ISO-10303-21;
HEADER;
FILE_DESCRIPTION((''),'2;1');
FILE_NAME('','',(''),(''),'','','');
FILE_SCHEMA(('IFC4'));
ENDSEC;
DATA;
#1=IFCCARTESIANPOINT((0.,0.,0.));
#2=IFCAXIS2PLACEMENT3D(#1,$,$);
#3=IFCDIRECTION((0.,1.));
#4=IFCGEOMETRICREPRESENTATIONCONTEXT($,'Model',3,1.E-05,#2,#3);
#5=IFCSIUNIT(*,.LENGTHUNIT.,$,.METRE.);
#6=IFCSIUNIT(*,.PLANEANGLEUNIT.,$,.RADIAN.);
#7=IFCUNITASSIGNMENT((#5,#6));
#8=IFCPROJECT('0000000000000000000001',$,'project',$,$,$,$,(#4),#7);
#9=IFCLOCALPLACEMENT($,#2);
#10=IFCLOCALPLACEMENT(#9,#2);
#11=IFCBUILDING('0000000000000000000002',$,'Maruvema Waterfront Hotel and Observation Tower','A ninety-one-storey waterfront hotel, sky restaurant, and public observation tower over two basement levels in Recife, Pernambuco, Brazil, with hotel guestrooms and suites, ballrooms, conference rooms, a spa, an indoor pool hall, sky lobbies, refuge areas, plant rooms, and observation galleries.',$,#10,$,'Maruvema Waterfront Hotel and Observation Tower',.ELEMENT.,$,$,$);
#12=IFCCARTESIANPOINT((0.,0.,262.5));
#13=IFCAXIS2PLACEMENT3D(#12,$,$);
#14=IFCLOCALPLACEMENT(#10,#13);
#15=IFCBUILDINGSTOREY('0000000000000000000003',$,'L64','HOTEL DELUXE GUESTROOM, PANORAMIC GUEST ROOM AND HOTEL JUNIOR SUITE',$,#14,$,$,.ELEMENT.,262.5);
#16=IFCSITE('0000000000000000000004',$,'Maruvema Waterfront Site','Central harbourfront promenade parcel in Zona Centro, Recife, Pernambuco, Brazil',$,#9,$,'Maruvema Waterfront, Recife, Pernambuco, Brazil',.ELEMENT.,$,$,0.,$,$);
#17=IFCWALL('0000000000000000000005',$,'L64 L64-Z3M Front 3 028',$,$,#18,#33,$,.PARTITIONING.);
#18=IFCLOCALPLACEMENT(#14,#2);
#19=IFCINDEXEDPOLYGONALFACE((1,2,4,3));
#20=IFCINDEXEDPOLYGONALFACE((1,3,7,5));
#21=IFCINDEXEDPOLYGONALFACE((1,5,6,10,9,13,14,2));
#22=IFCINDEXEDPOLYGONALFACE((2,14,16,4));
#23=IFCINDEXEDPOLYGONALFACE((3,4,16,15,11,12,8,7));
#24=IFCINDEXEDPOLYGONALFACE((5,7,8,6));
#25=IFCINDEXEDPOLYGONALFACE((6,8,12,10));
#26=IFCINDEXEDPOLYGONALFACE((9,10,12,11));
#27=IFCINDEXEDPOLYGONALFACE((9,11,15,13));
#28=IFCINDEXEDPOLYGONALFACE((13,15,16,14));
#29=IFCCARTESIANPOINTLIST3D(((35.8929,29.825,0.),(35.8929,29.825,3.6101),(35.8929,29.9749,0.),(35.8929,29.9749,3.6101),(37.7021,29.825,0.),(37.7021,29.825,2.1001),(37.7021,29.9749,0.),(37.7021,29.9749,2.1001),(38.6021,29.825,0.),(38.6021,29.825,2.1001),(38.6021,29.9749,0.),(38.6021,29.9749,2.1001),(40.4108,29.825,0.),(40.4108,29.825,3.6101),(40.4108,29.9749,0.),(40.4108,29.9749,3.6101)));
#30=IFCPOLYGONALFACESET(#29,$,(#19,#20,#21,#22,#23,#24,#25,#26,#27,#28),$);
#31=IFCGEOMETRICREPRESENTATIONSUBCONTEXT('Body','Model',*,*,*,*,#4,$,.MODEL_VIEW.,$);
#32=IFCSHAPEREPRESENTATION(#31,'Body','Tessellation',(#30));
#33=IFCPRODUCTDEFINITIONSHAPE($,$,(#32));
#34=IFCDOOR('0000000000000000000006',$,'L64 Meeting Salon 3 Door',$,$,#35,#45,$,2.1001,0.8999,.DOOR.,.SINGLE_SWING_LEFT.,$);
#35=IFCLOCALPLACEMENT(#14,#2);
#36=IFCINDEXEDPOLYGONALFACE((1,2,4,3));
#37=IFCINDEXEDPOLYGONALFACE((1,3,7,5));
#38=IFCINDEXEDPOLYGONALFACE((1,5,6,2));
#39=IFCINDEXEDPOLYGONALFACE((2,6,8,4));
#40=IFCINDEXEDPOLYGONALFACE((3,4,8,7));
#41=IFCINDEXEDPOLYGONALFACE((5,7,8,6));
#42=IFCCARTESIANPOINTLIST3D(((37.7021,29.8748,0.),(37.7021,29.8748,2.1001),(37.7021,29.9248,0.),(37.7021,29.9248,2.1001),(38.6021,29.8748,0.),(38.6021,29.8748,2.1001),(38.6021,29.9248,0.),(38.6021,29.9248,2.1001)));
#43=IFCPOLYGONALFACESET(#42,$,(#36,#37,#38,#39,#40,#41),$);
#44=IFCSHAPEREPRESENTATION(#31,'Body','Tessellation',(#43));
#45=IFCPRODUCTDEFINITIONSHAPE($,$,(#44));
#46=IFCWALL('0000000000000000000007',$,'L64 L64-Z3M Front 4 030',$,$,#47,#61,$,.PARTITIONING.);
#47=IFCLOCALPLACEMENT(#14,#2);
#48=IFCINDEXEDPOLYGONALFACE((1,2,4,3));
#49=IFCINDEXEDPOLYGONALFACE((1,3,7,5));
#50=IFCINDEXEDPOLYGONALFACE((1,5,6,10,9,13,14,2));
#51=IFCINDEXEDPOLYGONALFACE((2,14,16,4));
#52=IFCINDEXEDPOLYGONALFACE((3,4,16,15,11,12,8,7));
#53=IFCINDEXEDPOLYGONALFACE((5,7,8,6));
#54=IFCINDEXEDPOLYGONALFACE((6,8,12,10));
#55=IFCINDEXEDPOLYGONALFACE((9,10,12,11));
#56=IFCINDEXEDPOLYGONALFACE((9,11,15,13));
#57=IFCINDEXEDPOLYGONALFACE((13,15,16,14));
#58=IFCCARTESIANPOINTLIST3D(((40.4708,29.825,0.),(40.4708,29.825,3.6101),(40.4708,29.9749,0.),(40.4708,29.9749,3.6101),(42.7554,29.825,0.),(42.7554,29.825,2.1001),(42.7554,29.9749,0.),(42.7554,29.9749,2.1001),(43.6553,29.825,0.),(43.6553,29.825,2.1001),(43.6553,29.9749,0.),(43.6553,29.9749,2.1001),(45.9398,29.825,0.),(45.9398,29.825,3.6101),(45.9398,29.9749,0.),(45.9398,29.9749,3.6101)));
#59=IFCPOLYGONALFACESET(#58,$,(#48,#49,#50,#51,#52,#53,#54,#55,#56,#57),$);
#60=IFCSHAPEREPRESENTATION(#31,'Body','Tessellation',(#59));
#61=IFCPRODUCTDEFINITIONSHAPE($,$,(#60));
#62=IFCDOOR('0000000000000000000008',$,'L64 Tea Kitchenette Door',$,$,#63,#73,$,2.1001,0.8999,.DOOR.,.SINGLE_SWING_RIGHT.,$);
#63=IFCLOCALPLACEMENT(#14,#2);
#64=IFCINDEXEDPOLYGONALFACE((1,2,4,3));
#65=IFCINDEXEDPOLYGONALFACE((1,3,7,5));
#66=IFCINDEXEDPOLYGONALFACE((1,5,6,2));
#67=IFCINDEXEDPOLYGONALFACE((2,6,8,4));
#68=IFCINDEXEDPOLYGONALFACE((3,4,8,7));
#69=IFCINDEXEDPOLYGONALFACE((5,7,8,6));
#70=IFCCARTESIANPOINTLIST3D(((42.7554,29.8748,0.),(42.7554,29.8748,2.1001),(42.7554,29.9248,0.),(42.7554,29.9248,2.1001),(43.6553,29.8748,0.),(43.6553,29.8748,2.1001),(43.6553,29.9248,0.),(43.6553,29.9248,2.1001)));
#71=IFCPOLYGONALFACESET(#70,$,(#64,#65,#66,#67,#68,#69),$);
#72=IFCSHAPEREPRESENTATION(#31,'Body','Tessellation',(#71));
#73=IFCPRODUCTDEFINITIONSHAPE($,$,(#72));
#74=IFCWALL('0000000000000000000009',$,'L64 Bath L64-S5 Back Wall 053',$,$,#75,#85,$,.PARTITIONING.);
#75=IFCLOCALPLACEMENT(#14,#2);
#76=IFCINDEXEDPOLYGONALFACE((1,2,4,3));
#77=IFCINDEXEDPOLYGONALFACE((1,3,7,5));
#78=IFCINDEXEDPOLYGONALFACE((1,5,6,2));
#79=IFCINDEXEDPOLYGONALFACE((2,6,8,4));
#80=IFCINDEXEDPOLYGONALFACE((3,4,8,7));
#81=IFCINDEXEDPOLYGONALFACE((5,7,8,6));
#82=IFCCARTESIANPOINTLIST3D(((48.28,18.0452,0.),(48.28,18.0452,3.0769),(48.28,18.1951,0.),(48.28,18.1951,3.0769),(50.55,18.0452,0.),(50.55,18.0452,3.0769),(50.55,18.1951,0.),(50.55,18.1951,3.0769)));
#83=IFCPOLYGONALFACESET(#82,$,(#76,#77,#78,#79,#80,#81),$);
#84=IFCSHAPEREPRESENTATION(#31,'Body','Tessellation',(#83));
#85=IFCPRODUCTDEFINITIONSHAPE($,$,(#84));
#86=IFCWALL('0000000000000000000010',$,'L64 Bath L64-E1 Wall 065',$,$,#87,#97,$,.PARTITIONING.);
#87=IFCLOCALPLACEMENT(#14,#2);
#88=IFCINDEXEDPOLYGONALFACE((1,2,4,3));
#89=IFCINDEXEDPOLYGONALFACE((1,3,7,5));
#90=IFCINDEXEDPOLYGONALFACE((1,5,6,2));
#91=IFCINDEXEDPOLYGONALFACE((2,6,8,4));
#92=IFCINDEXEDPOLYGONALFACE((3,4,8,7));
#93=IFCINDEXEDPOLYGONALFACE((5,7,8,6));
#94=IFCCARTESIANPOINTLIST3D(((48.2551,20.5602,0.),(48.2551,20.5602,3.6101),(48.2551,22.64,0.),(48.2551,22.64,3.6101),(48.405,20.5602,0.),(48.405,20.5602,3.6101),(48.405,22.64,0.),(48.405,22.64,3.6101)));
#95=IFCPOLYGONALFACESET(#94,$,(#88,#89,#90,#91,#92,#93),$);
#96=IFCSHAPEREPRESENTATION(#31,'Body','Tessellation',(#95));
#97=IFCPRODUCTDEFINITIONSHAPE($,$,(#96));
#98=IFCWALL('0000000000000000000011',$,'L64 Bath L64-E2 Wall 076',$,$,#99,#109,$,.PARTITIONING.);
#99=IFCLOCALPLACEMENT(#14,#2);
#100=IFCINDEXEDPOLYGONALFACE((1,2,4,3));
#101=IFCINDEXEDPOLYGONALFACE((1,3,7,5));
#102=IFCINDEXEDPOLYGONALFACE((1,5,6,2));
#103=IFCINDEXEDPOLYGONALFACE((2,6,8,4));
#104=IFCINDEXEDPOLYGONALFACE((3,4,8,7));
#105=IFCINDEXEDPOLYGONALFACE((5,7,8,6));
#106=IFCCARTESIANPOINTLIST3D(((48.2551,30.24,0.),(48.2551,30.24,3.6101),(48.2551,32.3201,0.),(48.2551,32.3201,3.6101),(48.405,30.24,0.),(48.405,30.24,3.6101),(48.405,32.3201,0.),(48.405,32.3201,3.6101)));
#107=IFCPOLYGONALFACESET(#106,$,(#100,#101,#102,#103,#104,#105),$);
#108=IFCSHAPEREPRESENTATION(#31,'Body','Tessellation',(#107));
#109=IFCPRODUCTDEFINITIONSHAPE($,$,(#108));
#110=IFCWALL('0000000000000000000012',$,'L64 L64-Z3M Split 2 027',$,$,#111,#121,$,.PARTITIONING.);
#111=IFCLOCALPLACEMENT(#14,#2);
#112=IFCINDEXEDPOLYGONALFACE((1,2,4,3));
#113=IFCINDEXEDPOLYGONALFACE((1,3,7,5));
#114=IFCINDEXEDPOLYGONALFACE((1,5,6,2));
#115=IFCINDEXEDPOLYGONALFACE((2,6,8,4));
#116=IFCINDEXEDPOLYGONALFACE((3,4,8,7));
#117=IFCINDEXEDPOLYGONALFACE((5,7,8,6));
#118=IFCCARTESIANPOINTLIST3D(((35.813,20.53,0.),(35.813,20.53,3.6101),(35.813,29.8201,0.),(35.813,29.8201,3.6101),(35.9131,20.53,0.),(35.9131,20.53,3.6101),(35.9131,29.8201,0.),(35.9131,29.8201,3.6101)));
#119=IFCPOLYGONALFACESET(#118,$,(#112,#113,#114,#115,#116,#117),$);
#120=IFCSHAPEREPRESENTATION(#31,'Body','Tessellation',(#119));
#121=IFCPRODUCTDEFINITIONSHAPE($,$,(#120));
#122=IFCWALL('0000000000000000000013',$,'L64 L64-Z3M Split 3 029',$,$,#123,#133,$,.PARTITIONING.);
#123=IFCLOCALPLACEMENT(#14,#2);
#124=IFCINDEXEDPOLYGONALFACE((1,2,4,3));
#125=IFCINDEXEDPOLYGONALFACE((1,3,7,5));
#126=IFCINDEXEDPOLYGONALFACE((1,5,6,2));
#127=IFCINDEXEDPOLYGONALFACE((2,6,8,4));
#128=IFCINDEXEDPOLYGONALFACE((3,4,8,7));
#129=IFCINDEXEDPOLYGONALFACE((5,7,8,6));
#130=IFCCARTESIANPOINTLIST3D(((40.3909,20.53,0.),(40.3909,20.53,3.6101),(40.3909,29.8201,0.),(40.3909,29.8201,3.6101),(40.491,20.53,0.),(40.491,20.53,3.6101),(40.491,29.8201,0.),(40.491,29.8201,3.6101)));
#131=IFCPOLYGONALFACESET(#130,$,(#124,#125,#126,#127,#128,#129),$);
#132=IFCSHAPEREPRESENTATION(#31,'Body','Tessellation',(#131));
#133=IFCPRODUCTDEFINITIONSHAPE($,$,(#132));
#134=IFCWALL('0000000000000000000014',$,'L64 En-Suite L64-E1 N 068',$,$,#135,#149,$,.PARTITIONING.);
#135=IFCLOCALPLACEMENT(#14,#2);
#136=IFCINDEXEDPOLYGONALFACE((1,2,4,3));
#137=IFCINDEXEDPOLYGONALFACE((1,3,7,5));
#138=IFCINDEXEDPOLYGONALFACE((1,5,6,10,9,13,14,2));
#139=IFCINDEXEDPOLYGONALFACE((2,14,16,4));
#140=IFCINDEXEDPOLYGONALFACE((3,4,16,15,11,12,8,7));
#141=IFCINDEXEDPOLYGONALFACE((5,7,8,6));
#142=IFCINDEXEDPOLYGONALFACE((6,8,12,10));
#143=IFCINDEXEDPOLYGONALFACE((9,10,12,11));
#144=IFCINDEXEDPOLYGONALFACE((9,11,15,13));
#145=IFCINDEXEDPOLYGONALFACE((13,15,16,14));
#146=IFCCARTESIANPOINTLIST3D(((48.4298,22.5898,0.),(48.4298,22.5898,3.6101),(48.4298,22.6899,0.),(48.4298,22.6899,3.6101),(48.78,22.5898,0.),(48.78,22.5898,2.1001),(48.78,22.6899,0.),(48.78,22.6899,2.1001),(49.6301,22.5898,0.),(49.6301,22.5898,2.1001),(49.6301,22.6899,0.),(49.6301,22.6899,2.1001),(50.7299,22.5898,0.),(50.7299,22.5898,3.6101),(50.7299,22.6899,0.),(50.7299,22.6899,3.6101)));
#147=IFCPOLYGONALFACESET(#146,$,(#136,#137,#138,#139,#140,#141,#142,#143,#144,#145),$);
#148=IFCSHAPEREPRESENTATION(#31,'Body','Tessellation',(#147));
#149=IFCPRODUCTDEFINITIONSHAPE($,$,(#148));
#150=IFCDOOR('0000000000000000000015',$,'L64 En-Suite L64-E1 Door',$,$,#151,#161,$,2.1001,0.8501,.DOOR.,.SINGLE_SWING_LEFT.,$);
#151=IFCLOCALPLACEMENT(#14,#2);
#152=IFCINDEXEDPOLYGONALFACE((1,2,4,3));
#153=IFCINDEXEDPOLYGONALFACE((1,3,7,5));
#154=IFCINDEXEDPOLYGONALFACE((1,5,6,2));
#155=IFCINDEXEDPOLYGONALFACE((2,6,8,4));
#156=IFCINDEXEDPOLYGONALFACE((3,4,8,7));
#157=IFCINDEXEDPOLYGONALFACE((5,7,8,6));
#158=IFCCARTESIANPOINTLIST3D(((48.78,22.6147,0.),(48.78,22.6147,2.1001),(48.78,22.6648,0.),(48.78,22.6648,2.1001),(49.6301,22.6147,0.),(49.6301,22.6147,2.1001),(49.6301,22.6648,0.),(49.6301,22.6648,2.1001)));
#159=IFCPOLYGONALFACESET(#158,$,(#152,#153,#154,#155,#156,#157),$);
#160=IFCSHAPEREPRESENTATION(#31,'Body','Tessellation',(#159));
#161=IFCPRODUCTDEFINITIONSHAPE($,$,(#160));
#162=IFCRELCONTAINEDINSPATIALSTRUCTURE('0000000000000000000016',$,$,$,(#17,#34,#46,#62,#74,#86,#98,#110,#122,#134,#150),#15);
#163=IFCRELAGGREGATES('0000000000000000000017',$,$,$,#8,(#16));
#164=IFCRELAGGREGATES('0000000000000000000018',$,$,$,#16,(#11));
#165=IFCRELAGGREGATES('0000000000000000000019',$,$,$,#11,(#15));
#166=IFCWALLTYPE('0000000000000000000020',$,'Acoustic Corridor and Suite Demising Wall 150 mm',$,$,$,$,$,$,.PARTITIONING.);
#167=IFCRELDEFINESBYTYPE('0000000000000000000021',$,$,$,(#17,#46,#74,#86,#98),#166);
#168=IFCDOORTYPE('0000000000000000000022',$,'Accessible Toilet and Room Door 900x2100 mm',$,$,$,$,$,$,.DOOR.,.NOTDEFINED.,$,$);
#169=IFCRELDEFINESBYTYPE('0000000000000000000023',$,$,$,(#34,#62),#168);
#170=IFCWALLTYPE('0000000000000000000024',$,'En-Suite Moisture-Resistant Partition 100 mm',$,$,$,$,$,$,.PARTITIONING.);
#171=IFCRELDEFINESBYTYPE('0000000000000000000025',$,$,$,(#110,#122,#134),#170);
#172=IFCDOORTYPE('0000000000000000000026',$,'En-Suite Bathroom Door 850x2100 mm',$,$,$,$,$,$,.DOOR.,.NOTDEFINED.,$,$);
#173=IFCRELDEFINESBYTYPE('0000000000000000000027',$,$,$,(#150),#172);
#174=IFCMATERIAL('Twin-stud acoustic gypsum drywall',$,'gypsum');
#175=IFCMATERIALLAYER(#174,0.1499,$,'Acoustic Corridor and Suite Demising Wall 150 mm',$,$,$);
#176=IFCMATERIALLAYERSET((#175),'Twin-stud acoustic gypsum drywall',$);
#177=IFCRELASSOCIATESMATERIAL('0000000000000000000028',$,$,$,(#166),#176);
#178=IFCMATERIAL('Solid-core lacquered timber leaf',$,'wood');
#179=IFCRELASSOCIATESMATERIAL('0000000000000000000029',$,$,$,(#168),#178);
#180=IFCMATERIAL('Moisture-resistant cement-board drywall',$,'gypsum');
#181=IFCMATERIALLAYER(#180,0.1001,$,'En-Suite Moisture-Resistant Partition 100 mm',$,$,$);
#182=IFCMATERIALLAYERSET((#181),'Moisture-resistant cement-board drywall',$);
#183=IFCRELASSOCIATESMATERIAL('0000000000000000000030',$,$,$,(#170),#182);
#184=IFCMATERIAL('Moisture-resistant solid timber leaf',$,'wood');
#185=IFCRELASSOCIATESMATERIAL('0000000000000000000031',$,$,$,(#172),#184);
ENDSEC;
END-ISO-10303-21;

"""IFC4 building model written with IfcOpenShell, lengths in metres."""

from ifc_helpers import new_model, si_unit, direction, frame, frame_2d, origin, place, context, subcontext, project, spatial, rectangle, extrude, material, layer, layer_set, type_object, element, fill, save


model = new_model("IFC4")

# Units and contexts
model_context = context("Model", 3, precision=1e-05, world=origin(), true_north=direction((0.0, 1.0)))
body_context = subcontext(model_context, "Body", "Model", "MODEL_VIEW")
ifc_project = project(units=[si_unit("LENGTHUNIT", "METRE"), si_unit("PLANEANGLEUNIT", "RADIAN")], contexts=[model_context])

# Site, building, storey
site_placement = place(None, origin())
site = spatial("IfcSite", under=ifc_project, at=site_placement, Name="Maruvema Waterfront Site", Description="Central harbourfront promenade parcel in Zona Centro, Recife, Pernambuco, Brazil", LongName="Maruvema Waterfront, Recife, Pernambuco, Brazil", CompositionType="ELEMENT", RefElevation=0.0)
building_placement = place(site_placement, origin())
building = spatial("IfcBuilding", under=site, at=building_placement, Name="Maruvema Waterfront Hotel and Observation Tower", Description="A ninety-one-storey waterfront hotel, sky restaurant, and public observation tower over two basement levels in Recife, Pernambuco, Brazil, with hotel guestrooms and suites, ballrooms, conference rooms, a spa, an indoor pool hall, sky lobbies, refuge areas, plant rooms, and observation galleries.", LongName="Maruvema Waterfront Hotel and Observation Tower", CompositionType="ELEMENT")
storey_placement = place(building_placement, frame((0.0, 0.0, 262.5)))
storey = spatial("IfcBuildingStorey", under=building, at=storey_placement, Name="L64", Description="HOTEL DELUXE GUESTROOM, PANORAMIC GUEST ROOM AND HOTEL JUNIOR SUITE", CompositionType="ELEMENT", Elevation=262.5)

# Shared definitions
ifc_material_1 = material(Name="Twin-stud acoustic gypsum drywall", Category="gypsum")
ifc_layer_1 = layer(ifc_material_1, 0.1499, Name="Acoustic Corridor and Suite Demising Wall 150 mm")
ifc_layer_set_1 = layer_set([ifc_layer_1], Name="Twin-stud acoustic gypsum drywall")
wall_type_1 = type_object("IfcWallType", Name="Acoustic Corridor and Suite Demising Wall 150 mm", PredefinedType="PARTITIONING", material=ifc_layer_set_1)

# Walls, openings, doors
wall_1_placement = place(storey_placement, frame((35.8931, 29.8999, 0.0), z_axis=(0.0, 0.0, 1.0), x_axis=(1.0, 0.0, 0.0)))
wall_1 = element("IfcWall", 1, at=wall_1_placement, inside=storey, type_object=wall_type_1, Name="L64 L64-Z3M Front 3 028", PredefinedType="PARTITIONING", context=body_context, shape_type="SweptSolid", body=[
    extrude(rectangle(XDim=4.5178, YDim=0.1499, at=frame_2d((2.2588, 0.0))), origin(), (0.0, 0.0, 1.0), 3.6101),
])
opening_1_placement = place(wall_1_placement, frame((1.8091, 0.0, 0.0)))
opening_1 = element("IfcOpeningElement", 2, at=opening_1_placement, cuts=wall_1, PredefinedType="OPENING", context=body_context, shape_type="SweptSolid", body=[
    extrude(rectangle(XDim=0.8999, YDim=2.1001, at=frame_2d((0.45, 1.05))), frame((0.0, 0.085, 0.0), z_axis=(0.0, -1.0, 0.0), x_axis=(1.0, 0.0, 0.0)), (0.0, 0.0, 1.0), 0.1699),
])
ifc_material_2 = material(Name="Solid-core lacquered timber leaf", Category="wood")
door_type_1 = type_object("IfcDoorType", Name="Accessible Toilet and Room Door 900x2100 mm", OperationType="NOTDEFINED", PredefinedType="DOOR", material=ifc_material_2)
door_1_placement = place(opening_1_placement, origin())
door_1 = element("IfcDoor", 3, at=door_1_placement, inside=storey, type_object=door_type_1, Name="L64 Meeting Salon 3 Door", OperationType="SINGLE_SWING_LEFT", OverallHeight=2.1001, OverallWidth=0.8999, PredefinedType="DOOR", context=body_context, shape_type="SweptSolid", body=[
    extrude(rectangle(XDim=0.8999, YDim=2.1001, at=frame_2d((0.45, 1.05))), frame((0.0, 0.0249, 0.0), z_axis=(0.0, -1.0, 0.0), x_axis=(1.0, 0.0, 0.0)), (0.0, 0.0, 1.0), 0.05),
])
fill(opening_1, door_1)
wall_2_placement = place(storey_placement, frame((40.4709, 29.8999, 0.0), z_axis=(0.0, 0.0, 1.0), x_axis=(1.0, 0.0, 0.0)))
wall_2 = element("IfcWall", 4, at=wall_2_placement, inside=storey, type_object=wall_type_1, Name="L64 L64-Z3M Front 4 030", PredefinedType="PARTITIONING", context=body_context, shape_type="SweptSolid", body=[
    extrude(rectangle(XDim=5.469, YDim=0.1499, at=frame_2d((2.7344, 0.0))), origin(), (0.0, 0.0, 1.0), 3.6101),
])
opening_2_placement = place(wall_2_placement, frame((2.2844, 0.0, 0.0)))
opening_2 = element("IfcOpeningElement", 5, at=opening_2_placement, cuts=wall_2, PredefinedType="OPENING", context=body_context, shape_type="SweptSolid", body=[
    extrude(rectangle(XDim=0.8999, YDim=2.1001, at=frame_2d((0.45, 1.05))), frame((0.0, 0.085, 0.0), z_axis=(0.0, -1.0, 0.0), x_axis=(1.0, 0.0, 0.0)), (0.0, 0.0, 1.0), 0.1699),
])
door_2_placement = place(opening_2_placement, origin())
door_2 = element("IfcDoor", 6, at=door_2_placement, inside=storey, type_object=door_type_1, Name="L64 Tea Kitchenette Door", OperationType="SINGLE_SWING_RIGHT", OverallHeight=2.1001, OverallWidth=0.8999, PredefinedType="DOOR", context=body_context, shape_type="SweptSolid", body=[
    extrude(rectangle(XDim=0.8999, YDim=2.1001, at=frame_2d((0.45, 1.05))), frame((0.0, 0.0249, 0.0), z_axis=(0.0, -1.0, 0.0), x_axis=(1.0, 0.0, 0.0)), (0.0, 0.0, 1.0), 0.05),
])
fill(opening_2, door_2)

# Wall
wall_3_placement = place(storey_placement, frame((48.28, 18.1201, 0.0), z_axis=(0.0, 0.0, 1.0), x_axis=(1.0, 0.0, 0.0)))
element("IfcWall", 7, at=wall_3_placement, inside=storey, type_object=wall_type_1, Name="L64 Bath L64-S5 Back Wall 053", PredefinedType="PARTITIONING", context=body_context, shape_type="SweptSolid", body=[
    extrude(rectangle(XDim=2.27, YDim=0.1499, at=frame_2d((1.135, 0.0))), origin(), (0.0, 0.0, 1.0), 3.0769),
])

# Wall
wall_4_placement = place(storey_placement, frame((48.3301, 20.5601, 0.0), z_axis=(0.0, 0.0, 1.0), x_axis=(0.0, 1.0, 0.0)))
element("IfcWall", 8, at=wall_4_placement, inside=storey, type_object=wall_type_1, Name="L64 Bath L64-E1 Wall 065", PredefinedType="PARTITIONING", context=body_context, shape_type="SweptSolid", body=[
    extrude(rectangle(XDim=2.0798, YDim=0.1499, at=frame_2d((1.04, 0.0))), origin(), (0.0, 0.0, 1.0), 3.6101),
])

# Walls
wall_5_placement = place(storey_placement, frame((48.3301, 30.24, 0.0), z_axis=(0.0, 0.0, 1.0), x_axis=(0.0, 1.0, 0.0)))
element("IfcWall", 9, at=wall_5_placement, inside=storey, type_object=wall_type_1, Name="L64 Bath L64-E2 Wall 076", PredefinedType="PARTITIONING", context=body_context, shape_type="SweptSolid", body=[
    extrude(rectangle(XDim=2.0801, YDim=0.1499, at=frame_2d((1.04, 0.0))), origin(), (0.0, 0.0, 1.0), 3.6101),
])
ifc_material_3 = material(Name="Moisture-resistant cement-board drywall", Category="gypsum")
ifc_layer_2 = layer(ifc_material_3, 0.1001, Name="En-Suite Moisture-Resistant Partition 100 mm")
ifc_layer_set_2 = layer_set([ifc_layer_2], Name="Moisture-resistant cement-board drywall")
wall_type_2 = type_object("IfcWallType", Name="En-Suite Moisture-Resistant Partition 100 mm", PredefinedType="PARTITIONING", material=ifc_layer_set_2)
for number, where, z_axis, x_axis, name in (
    (10, (35.863, 20.53, 0.0), (0.0, 0.0, 1.0), (0.0, 1.0, 0.0), "L64 L64-Z3M Split 2 027"),
    (11, (40.4409, 20.53, 0.0), (0.0, 0.0, 1.0), (0.0, 1.0, 0.0), "L64 L64-Z3M Split 3 029"),
):
    element("IfcWall", number, at=place(storey_placement, frame(where, z_axis=z_axis, x_axis=x_axis)), inside=storey, type_object=wall_type_2, Name=name, PredefinedType="PARTITIONING", context=body_context, shape_type="SweptSolid", body=[
        extrude(rectangle(XDim=9.29, YDim=0.1001, at=frame_2d((4.645, 0.0))), origin(), (0.0, 0.0, 1.0), 3.6101),
    ])

# Wall, opening, door
wall_6_placement = place(storey_placement, frame((48.4299, 22.6399, 0.0), z_axis=(0.0, 0.0, 1.0), x_axis=(1.0, 0.0, 0.0)))
wall_6 = element("IfcWall", 12, at=wall_6_placement, inside=storey, type_object=wall_type_2, Name="L64 En-Suite L64-E1 N 068", PredefinedType="PARTITIONING", context=body_context, shape_type="SweptSolid", body=[
    extrude(rectangle(XDim=2.3, YDim=0.1001, at=frame_2d((1.1499, 0.0))), origin(), (0.0, 0.0, 1.0), 3.6101),
])
opening_3_placement = place(wall_6_placement, frame((0.3501, 0.0, 0.0)))
opening_3 = element("IfcOpeningElement", 13, at=opening_3_placement, cuts=wall_6, PredefinedType="OPENING", context=body_context, shape_type="SweptSolid", body=[
    extrude(rectangle(XDim=0.8501, YDim=2.1001, at=frame_2d((0.425, 1.05))), frame((0.0, 0.0601, 0.0), z_axis=(0.0, -1.0, 0.0), x_axis=(1.0, 0.0, 0.0)), (0.0, 0.0, 1.0), 0.1201),
])
ifc_material_4 = material(Name="Moisture-resistant solid timber leaf", Category="wood")
door_type_2 = type_object("IfcDoorType", Name="En-Suite Bathroom Door 850x2100 mm", OperationType="NOTDEFINED", PredefinedType="DOOR", material=ifc_material_4)
door_3_placement = place(opening_3_placement, origin())
door_3 = element("IfcDoor", 14, at=door_3_placement, inside=storey, type_object=door_type_2, Name="L64 En-Suite L64-E1 Door", OperationType="SINGLE_SWING_LEFT", OverallHeight=2.1001, OverallWidth=0.8501, PredefinedType="DOOR", context=body_context, shape_type="SweptSolid", body=[
    extrude(rectangle(XDim=0.8501, YDim=2.1001, at=frame_2d((0.425, 1.05))), frame((0.0, 0.0249, 0.0), z_axis=(0.0, -1.0, 0.0), x_axis=(1.0, 0.0, 0.0)), (0.0, 0.0, 1.0), 0.05),
])
fill(opening_3, door_3)

save(model, "model.ifc")
